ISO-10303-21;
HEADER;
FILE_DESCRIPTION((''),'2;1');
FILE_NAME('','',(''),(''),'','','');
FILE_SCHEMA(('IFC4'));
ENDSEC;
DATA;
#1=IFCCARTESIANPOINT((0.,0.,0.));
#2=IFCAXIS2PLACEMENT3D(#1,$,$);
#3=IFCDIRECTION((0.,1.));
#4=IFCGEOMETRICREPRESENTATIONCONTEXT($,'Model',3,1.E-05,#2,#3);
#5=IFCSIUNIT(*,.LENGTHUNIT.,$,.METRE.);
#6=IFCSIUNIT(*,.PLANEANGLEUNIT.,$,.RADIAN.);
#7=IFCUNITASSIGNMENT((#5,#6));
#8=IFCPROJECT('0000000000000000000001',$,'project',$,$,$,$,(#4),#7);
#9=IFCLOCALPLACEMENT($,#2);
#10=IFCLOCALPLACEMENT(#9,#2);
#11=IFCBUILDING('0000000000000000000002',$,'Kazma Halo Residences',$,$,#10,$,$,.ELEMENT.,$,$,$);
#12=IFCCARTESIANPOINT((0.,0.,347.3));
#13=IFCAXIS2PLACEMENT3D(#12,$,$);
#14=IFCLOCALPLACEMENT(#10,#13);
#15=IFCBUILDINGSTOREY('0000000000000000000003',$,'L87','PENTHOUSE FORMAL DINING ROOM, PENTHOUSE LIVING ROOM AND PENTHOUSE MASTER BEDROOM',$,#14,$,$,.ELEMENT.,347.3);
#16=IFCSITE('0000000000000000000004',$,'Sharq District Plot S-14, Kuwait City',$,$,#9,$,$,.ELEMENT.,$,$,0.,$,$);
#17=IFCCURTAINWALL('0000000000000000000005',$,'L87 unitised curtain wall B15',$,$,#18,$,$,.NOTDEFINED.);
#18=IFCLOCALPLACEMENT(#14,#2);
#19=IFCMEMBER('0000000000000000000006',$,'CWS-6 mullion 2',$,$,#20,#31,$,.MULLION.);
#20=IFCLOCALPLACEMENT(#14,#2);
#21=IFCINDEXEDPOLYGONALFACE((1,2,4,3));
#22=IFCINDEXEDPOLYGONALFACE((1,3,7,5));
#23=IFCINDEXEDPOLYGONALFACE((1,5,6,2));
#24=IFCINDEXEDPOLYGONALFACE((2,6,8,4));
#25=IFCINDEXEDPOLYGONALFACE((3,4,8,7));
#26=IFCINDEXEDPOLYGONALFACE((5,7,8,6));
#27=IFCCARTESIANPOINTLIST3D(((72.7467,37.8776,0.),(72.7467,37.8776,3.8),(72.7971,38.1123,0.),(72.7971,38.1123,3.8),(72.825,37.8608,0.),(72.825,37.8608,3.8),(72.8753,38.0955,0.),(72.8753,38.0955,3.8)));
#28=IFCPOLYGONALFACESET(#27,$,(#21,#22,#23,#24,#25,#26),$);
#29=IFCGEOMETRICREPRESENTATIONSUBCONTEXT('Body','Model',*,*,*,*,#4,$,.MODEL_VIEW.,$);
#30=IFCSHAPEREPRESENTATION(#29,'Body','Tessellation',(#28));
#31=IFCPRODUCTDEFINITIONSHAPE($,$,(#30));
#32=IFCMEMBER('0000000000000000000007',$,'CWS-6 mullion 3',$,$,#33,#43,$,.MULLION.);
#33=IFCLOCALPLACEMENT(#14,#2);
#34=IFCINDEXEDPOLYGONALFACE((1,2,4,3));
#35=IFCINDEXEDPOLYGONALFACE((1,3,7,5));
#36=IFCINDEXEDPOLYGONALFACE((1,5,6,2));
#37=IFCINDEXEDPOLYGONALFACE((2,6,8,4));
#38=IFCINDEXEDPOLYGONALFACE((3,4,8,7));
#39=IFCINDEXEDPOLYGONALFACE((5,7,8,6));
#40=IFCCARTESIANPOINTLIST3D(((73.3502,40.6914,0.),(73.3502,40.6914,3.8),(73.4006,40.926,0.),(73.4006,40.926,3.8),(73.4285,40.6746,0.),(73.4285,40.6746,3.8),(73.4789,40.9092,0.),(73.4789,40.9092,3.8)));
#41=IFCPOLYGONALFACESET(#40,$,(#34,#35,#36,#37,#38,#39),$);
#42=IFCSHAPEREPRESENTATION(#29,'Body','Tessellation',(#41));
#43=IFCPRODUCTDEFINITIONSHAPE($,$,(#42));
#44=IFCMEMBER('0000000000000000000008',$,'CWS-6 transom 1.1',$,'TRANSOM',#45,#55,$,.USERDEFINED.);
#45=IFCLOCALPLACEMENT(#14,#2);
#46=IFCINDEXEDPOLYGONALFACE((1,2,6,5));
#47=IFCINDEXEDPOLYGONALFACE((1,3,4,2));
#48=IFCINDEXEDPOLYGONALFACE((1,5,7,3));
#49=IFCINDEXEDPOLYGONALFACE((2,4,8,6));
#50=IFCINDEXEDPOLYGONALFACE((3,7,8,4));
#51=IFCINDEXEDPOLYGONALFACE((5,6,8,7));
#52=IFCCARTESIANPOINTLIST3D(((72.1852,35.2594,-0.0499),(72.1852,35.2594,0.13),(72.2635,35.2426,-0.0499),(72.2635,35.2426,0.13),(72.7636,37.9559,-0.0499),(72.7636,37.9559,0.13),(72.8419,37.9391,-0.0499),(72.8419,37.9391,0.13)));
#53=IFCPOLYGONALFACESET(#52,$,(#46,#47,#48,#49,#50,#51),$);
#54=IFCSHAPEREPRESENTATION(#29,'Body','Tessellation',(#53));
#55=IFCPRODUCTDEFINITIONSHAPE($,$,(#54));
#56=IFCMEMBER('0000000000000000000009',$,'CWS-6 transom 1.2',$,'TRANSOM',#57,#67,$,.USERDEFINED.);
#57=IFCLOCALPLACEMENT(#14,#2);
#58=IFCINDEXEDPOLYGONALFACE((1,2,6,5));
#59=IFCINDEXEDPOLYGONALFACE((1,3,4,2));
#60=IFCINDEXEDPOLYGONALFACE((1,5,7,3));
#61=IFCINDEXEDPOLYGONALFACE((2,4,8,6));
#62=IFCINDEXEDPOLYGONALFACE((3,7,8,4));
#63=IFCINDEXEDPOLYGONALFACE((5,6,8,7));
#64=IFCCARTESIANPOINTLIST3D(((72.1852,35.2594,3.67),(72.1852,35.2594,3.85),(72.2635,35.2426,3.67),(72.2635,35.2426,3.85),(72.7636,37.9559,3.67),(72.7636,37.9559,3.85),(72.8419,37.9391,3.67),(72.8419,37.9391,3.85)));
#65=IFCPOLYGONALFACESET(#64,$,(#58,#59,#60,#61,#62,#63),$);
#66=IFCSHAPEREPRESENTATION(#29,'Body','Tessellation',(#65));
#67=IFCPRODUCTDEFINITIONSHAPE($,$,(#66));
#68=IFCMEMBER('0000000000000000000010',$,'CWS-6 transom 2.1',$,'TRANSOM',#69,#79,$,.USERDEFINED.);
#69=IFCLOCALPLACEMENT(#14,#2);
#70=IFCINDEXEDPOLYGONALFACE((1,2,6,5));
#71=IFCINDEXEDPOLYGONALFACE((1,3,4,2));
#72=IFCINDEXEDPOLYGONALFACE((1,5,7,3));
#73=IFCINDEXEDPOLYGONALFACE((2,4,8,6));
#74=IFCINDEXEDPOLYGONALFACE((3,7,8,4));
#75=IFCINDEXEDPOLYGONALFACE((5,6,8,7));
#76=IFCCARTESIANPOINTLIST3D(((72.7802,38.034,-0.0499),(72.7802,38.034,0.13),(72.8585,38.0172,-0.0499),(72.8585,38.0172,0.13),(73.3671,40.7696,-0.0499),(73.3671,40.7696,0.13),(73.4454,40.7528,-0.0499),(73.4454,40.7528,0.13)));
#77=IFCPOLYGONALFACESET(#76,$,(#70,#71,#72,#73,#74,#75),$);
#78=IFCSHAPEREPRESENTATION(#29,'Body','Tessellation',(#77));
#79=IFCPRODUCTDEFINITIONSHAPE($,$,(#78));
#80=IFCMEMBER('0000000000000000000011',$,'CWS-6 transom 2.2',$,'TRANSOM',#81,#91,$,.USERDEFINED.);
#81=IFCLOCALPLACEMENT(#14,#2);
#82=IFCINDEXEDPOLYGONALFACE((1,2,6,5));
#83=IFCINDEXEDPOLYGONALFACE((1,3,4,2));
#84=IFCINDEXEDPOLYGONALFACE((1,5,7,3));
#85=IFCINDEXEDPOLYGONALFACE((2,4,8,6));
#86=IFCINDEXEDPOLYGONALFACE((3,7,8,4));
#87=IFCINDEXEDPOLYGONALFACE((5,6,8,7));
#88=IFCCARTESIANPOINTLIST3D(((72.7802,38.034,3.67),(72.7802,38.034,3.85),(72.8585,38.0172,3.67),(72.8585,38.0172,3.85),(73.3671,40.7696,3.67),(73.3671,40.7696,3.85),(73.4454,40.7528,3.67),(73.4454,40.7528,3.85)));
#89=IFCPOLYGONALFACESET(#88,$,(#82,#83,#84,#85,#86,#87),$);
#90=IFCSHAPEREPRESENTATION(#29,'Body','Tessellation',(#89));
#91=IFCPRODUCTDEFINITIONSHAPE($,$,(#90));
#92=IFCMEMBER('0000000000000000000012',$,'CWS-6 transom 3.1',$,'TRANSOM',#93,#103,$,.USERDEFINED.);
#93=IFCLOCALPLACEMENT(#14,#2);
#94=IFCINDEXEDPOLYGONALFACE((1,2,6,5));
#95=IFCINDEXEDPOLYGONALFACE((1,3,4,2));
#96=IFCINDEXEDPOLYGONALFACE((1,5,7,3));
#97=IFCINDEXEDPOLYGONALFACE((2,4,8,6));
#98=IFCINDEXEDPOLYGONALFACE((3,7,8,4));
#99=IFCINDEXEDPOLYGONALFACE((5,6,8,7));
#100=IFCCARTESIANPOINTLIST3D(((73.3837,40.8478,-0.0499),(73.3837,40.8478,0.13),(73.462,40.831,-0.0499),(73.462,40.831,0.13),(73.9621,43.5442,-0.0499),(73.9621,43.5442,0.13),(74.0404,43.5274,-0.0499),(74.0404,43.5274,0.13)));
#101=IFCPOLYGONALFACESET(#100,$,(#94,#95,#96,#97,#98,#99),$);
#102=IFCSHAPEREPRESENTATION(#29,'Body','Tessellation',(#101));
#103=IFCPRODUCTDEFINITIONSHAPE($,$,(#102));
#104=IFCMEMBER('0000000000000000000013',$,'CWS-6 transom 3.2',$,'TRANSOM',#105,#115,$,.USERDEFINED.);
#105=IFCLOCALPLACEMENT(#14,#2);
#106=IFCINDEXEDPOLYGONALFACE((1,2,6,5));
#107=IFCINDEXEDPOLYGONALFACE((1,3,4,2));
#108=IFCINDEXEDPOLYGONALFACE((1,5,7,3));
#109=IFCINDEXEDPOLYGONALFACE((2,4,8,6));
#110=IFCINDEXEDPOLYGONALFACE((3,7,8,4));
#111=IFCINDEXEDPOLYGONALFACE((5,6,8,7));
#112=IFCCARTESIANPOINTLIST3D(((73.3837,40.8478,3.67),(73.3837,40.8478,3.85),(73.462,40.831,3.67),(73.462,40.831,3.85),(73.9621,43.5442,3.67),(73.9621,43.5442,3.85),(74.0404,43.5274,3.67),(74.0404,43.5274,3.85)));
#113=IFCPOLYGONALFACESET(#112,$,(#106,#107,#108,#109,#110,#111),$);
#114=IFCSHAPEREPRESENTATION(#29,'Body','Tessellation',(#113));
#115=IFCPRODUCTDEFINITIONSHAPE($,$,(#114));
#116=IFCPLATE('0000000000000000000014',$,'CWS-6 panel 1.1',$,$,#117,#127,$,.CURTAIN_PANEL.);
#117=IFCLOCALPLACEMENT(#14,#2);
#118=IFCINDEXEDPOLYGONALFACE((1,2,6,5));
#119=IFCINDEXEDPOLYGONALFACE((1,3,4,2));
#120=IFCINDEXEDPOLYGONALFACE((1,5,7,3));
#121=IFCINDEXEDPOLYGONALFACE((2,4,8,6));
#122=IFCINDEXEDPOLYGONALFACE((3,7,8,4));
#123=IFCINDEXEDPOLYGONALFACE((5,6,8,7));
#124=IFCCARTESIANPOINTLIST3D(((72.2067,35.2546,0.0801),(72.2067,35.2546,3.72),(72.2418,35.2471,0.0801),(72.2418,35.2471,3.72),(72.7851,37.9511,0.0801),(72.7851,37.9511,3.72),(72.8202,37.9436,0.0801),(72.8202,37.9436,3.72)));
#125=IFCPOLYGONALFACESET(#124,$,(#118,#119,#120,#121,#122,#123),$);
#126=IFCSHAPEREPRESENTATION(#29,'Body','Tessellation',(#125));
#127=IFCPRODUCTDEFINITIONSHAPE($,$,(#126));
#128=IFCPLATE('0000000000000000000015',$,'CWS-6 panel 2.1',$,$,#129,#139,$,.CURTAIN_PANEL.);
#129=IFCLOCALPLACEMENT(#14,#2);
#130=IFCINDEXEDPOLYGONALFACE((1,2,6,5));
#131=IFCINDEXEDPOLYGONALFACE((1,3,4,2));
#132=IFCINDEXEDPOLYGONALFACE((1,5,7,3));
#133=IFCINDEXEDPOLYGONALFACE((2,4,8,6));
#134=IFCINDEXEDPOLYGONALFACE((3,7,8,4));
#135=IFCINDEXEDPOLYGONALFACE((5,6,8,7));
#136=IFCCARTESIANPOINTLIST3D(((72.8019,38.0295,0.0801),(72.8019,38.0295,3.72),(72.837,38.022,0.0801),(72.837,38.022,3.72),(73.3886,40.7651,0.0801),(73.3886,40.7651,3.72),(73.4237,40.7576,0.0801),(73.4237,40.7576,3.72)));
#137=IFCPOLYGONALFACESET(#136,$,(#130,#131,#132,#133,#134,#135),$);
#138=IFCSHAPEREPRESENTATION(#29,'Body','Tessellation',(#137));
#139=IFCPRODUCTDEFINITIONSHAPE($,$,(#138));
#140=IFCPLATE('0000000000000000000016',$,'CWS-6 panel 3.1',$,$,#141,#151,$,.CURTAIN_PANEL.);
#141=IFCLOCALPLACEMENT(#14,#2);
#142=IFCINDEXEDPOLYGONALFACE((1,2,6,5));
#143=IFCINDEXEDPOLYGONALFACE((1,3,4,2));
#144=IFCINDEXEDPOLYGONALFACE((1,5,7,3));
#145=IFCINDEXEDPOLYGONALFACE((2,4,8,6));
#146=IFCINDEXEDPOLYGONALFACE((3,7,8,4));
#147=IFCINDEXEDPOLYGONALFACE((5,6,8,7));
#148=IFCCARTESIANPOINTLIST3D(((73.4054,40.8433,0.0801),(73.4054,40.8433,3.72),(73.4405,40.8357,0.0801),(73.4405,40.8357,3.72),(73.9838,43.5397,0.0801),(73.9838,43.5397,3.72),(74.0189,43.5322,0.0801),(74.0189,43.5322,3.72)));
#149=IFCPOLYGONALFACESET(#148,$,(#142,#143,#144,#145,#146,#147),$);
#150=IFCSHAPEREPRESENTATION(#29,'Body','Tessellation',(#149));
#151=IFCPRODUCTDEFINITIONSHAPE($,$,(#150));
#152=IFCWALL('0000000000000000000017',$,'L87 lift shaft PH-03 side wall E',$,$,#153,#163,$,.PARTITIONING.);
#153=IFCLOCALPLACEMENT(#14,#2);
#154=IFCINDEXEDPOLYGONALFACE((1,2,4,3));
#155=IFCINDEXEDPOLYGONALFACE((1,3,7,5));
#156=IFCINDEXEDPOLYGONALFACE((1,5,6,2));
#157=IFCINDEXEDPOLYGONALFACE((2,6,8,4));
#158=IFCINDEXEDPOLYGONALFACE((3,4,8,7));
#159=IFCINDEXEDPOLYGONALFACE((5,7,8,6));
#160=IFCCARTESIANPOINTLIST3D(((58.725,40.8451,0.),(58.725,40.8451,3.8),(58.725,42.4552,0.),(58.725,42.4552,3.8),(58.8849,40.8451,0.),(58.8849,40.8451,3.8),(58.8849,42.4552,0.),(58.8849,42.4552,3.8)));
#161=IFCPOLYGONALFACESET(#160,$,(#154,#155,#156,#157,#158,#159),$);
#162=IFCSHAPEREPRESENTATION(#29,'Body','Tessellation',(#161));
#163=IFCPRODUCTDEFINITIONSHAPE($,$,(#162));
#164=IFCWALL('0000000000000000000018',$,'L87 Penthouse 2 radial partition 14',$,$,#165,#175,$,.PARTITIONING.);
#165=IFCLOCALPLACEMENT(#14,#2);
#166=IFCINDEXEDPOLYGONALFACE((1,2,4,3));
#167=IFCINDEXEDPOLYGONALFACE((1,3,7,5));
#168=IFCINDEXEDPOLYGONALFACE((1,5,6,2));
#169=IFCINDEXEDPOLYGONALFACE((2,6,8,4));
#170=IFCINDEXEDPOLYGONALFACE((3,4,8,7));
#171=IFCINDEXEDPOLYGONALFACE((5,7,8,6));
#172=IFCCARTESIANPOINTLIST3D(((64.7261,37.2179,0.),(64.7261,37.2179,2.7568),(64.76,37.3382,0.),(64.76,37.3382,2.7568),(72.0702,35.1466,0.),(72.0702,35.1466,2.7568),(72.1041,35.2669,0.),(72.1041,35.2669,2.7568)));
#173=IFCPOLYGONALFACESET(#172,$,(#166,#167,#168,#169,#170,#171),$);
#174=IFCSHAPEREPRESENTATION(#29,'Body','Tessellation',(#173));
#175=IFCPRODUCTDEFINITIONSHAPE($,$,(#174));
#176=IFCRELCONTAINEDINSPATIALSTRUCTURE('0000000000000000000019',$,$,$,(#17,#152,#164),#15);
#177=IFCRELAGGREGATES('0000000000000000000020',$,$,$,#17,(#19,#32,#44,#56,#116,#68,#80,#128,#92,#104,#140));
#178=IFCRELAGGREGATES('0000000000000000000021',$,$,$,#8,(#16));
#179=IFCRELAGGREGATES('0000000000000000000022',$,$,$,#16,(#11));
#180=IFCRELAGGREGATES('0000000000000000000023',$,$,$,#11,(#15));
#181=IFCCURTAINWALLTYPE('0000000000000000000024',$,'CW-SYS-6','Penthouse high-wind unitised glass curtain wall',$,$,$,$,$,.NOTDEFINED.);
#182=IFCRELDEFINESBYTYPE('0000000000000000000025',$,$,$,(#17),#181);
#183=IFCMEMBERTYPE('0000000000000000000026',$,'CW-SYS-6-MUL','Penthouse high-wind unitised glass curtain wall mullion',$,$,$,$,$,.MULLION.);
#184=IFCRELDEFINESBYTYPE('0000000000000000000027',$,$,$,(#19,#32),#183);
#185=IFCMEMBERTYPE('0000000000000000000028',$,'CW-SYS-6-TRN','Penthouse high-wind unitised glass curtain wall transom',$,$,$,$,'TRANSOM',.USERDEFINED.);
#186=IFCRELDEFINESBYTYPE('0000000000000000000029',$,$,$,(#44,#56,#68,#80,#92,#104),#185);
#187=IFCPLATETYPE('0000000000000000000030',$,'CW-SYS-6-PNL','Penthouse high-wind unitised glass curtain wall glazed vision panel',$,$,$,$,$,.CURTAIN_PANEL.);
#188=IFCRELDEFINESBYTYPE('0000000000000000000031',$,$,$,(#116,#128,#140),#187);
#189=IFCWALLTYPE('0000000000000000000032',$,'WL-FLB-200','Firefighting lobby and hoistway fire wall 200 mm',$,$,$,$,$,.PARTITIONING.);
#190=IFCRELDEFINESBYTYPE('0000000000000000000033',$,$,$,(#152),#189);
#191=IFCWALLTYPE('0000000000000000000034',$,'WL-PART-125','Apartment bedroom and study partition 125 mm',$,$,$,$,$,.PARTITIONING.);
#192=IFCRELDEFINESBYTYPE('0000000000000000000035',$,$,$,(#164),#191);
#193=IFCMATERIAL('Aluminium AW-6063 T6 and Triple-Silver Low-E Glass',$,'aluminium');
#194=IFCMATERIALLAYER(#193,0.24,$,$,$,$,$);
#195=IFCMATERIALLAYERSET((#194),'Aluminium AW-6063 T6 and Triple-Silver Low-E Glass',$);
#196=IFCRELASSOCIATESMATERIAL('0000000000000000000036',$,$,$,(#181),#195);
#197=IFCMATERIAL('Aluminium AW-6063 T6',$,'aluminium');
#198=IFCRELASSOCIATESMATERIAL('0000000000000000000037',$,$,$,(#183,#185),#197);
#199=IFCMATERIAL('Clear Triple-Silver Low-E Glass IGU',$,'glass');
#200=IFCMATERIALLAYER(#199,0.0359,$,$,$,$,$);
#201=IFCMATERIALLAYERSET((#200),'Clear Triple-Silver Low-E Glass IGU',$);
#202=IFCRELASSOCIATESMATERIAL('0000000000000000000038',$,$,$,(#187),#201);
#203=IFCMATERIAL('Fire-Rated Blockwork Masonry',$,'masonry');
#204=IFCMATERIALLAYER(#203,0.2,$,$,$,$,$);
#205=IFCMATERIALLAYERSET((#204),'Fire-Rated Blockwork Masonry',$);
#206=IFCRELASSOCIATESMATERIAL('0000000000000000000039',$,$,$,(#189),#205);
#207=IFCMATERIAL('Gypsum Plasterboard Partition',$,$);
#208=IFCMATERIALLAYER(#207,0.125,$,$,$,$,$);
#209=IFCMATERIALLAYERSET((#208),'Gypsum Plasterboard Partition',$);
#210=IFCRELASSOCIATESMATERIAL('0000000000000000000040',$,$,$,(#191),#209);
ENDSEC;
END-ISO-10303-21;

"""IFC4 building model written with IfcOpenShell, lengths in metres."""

from ifc_helpers import new_model, si_unit, direction, frame, frame_2d, origin, origin_2d, place, context, subcontext, project, spatial, rectangle, extrude, material, layer, layer_set, material_profile, profile_set, type_object, element, aggregate, save


model = new_model("IFC4")

# Units and contexts
model_context = context("Model", 3, precision=1e-05, world=origin(), true_north=direction((0.0, 1.0)))
body_context = subcontext(model_context, "Body", "Model", "MODEL_VIEW")
ifc_project = project(units=[si_unit("LENGTHUNIT", "METRE"), si_unit("PLANEANGLEUNIT", "RADIAN")], contexts=[model_context])

# Site, building, storey
site_placement = place(None, origin())
site = spatial("IfcSite", under=ifc_project, at=site_placement, Name="Sharq District Plot S-14, Kuwait City", CompositionType="ELEMENT", RefElevation=0.0)
building_placement = place(site_placement, origin())
building = spatial("IfcBuilding", under=site, at=building_placement, Name="Kazma Halo Residences", CompositionType="ELEMENT")
storey_placement = place(building_placement, frame((0.0, 0.0, 347.3)))
storey = spatial("IfcBuildingStorey", under=building, at=storey_placement, Name="L87", Description="PENTHOUSE FORMAL DINING ROOM, PENTHOUSE LIVING ROOM AND PENTHOUSE MASTER BEDROOM", CompositionType="ELEMENT", Elevation=347.3)

# Curtain wall, members, plates
ifc_material_1 = material(Name="Aluminium AW-6063 T6 and Triple-Silver Low-E Glass", Category="aluminium")
ifc_layer_1 = layer(ifc_material_1, 0.24)
ifc_layer_set_1 = layer_set([ifc_layer_1], Name="Aluminium AW-6063 T6 and Triple-Silver Low-E Glass")
curtain_wall_type = type_object("IfcCurtainWallType", Name="CW-SYS-6", Description="Penthouse high-wind unitised glass curtain wall", PredefinedType="NOTDEFINED", material=ifc_layer_set_1)
curtain_wall_placement = place(storey_placement, origin())
curtain_wall = element("IfcCurtainWall", 1, at=curtain_wall_placement, inside=storey, type_object=curtain_wall_type, Name="L87 unitised curtain wall B15", PredefinedType="NOTDEFINED")
ifc_material_2 = material(Name="Aluminium AW-6063 T6", Category="aluminium")
ifc_material_profile_1 = material_profile(ifc_material_2, rectangle(XDim=0.0801, YDim=0.24, at=origin_2d()), Name="CWM-80x240")
ifc_profile_set_1 = profile_set([ifc_material_profile_1], Name="Aluminium AW-6063 T6")
member_type_1 = type_object("IfcMemberType", Name="CW-SYS-6-MUL", Description="Penthouse high-wind unitised glass curtain wall mullion", PredefinedType="MULLION", material=ifc_profile_set_1)
member_1_placement = place(storey_placement, frame((72.811, 37.9866, 0.0), z_axis=(0.0, 0.0, 1.0), x_axis=(-0.977761, 0.209723, 0.0)))
member_1 = element("IfcMember", 2, at=member_1_placement, type_object=member_type_1, Name="CWS-6 mullion 2", PredefinedType="MULLION", context=body_context, shape_type="SweptSolid", body=[
    extrude(rectangle(XDim=0.0801, YDim=0.24, at=origin_2d()), origin(), (0.0, 0.0, 1.0), 3.8),
])
member_2_placement = place(storey_placement, frame((73.4146, 40.8003, 0.0), z_axis=(0.0, 0.0, 1.0), x_axis=(-0.977761, 0.209723, 0.0)))
member_2 = element("IfcMember", 3, at=member_2_placement, type_object=member_type_1, Name="CWS-6 mullion 3", PredefinedType="MULLION", context=body_context, shape_type="SweptSolid", body=[
    extrude(rectangle(XDim=0.0801, YDim=0.24, at=origin_2d()), origin(), (0.0, 0.0, 1.0), 3.8),
])
ifc_material_profile_2 = material_profile(ifc_material_2, rectangle(XDim=0.0801, YDim=0.1799, at=origin_2d()), Name="CWT-80x180")
ifc_profile_set_2 = profile_set([ifc_material_profile_2], Name="Aluminium AW-6063 T6")
member_type_2 = type_object("IfcMemberType", Name="CW-SYS-6-TRN", Description="Penthouse high-wind unitised glass curtain wall transom", ElementType="TRANSOM", PredefinedType="USERDEFINED", material=ifc_profile_set_2)
member_3_placement = place(storey_placement, frame((72.2244, 35.251, 0.04), z_axis=(0.209716, 0.977762, 0.0), x_axis=(-0.977762, 0.209716, 0.0)))
member_3 = element("IfcMember", 4, at=member_3_placement, type_object=member_type_2, Name="CWS-6 transom 1.1", ObjectType="TRANSOM", PredefinedType="USERDEFINED", context=body_context, shape_type="SweptSolid", body=[
    extrude(rectangle(XDim=0.0801, YDim=0.1799, at=origin_2d()), origin(), (0.0, 0.0, 1.0), 2.7578),
])
member_4_placement = place(storey_placement, frame((72.2244, 35.251, 3.76), z_axis=(0.209716, 0.977762, 0.0), x_axis=(-0.977762, 0.209716, 0.0)))
member_4 = element("IfcMember", 5, at=member_4_placement, type_object=member_type_2, Name="CWS-6 transom 1.2", ObjectType="TRANSOM", PredefinedType="USERDEFINED", context=body_context, shape_type="SweptSolid", body=[
    extrude(rectangle(XDim=0.0801, YDim=0.1799, at=origin_2d()), origin(), (0.0, 0.0, 1.0), 2.7578),
])
member_5_placement = place(storey_placement, frame((72.8193, 38.0256, 0.04), z_axis=(0.209773, 0.97775, 0.0), x_axis=(-0.97775, 0.209773, 0.0)))
member_5 = element("IfcMember", 6, at=member_5_placement, type_object=member_type_2, Name="CWS-6 transom 2.1", ObjectType="TRANSOM", PredefinedType="USERDEFINED", context=body_context, shape_type="SweptSolid", body=[
    extrude(rectangle(XDim=0.0801, YDim=0.1799, at=origin_2d()), origin(), (0.0, 0.0, 1.0), 2.7979),
])
member_6_placement = place(storey_placement, frame((72.8193, 38.0256, 3.76), z_axis=(0.209773, 0.97775, 0.0), x_axis=(-0.97775, 0.209773, 0.0)))
member_6 = element("IfcMember", 7, at=member_6_placement, type_object=member_type_2, Name="CWS-6 transom 2.2", ObjectType="TRANSOM", PredefinedType="USERDEFINED", context=body_context, shape_type="SweptSolid", body=[
    extrude(rectangle(XDim=0.0801, YDim=0.1799, at=origin_2d()), origin(), (0.0, 0.0, 1.0), 2.7979),
])
member_7_placement = place(storey_placement, frame((73.4229, 40.8394, 0.04), z_axis=(0.209716, 0.977762, 0.0), x_axis=(-0.977762, 0.209716, 0.0)))
member_7 = element("IfcMember", 8, at=member_7_placement, type_object=member_type_2, Name="CWS-6 transom 3.1", ObjectType="TRANSOM", PredefinedType="USERDEFINED", context=body_context, shape_type="SweptSolid", body=[
    extrude(rectangle(XDim=0.0801, YDim=0.1799, at=origin_2d()), origin(), (0.0, 0.0, 1.0), 2.7578),
])
member_8_placement = place(storey_placement, frame((73.4229, 40.8394, 3.76), z_axis=(0.209716, 0.977762, 0.0), x_axis=(-0.977762, 0.209716, 0.0)))
member_8 = element("IfcMember", 9, at=member_8_placement, type_object=member_type_2, Name="CWS-6 transom 3.2", ObjectType="TRANSOM", PredefinedType="USERDEFINED", context=body_context, shape_type="SweptSolid", body=[
    extrude(rectangle(XDim=0.0801, YDim=0.1799, at=origin_2d()), origin(), (0.0, 0.0, 1.0), 2.7578),
])
ifc_material_3 = material(Name="Clear Triple-Silver Low-E Glass IGU", Category="glass")
ifc_layer_2 = layer(ifc_material_3, 0.0359)
ifc_layer_set_2 = layer_set([ifc_layer_2], Name="Clear Triple-Silver Low-E Glass IGU")
plate_type = type_object("IfcPlateType", Name="CW-SYS-6-PNL", Description="Penthouse high-wind unitised glass curtain wall glazed vision panel", PredefinedType="CURTAIN_PANEL", material=ifc_layer_set_2)
plate_1_placement = place(storey_placement, frame((72.5134, 36.5991, 0.0801), z_axis=(0.0, 0.0, 1.0), x_axis=(0.209723, 0.977761, 0.0)))
plate_1 = element("IfcPlate", 10, at=plate_1_placement, type_object=plate_type, Name="CWS-6 panel 1.1", PredefinedType="CURTAIN_PANEL", context=body_context, shape_type="SweptSolid", body=[
    extrude(rectangle(XDim=2.7578, YDim=0.0359, at=origin_2d()), origin(), (0.0, 0.0, 1.0), 3.6399),
])
plate_2_placement = place(storey_placement, frame((73.1128, 39.3936, 0.0801), z_axis=(0.0, 0.0, 1.0), x_axis=(0.209723, 0.977761, 0.0)))
plate_2 = element("IfcPlate", 11, at=plate_2_placement, type_object=plate_type, Name="CWS-6 panel 2.1", PredefinedType="CURTAIN_PANEL", context=body_context, shape_type="SweptSolid", body=[
    extrude(rectangle(XDim=2.7979, YDim=0.0359, at=origin_2d()), origin(), (0.0, 0.0, 1.0), 3.6399),
])
plate_3_placement = place(storey_placement, frame((73.7122, 42.1877, 0.0801), z_axis=(0.0, 0.0, 1.0), x_axis=(0.209723, 0.977761, 0.0)))
plate_3 = element("IfcPlate", 12, at=plate_3_placement, type_object=plate_type, Name="CWS-6 panel 3.1", PredefinedType="CURTAIN_PANEL", context=body_context, shape_type="SweptSolid", body=[
    extrude(rectangle(XDim=2.7578, YDim=0.0359, at=origin_2d()), origin(), (0.0, 0.0, 1.0), 3.6399),
])
aggregate(curtain_wall, [member_1, member_2, member_3, member_4, plate_1, member_5, member_6, plate_2, member_7, member_8, plate_3])

# Walls
ifc_material_4 = material(Name="Fire-Rated Blockwork Masonry", Category="masonry")
ifc_layer_3 = layer(ifc_material_4, 0.2)
ifc_layer_set_3 = layer_set([ifc_layer_3], Name="Fire-Rated Blockwork Masonry")
wall_type_1 = type_object("IfcWallType", Name="WL-FLB-200", Description="Firefighting lobby and hoistway fire wall 200 mm", PredefinedType="PARTITIONING", material=ifc_layer_set_3)
wall_1_placement = place(storey_placement, frame((58.8049, 40.845, 0.0), z_axis=(0.0, 0.0, 1.0), x_axis=(0.0, 1.0, 0.0)))
element("IfcWall", 13, at=wall_1_placement, inside=storey, type_object=wall_type_1, Name="L87 lift shaft PH-03 side wall E", PredefinedType="PARTITIONING", context=body_context, shape_type="SweptSolid", body=[
    extrude(rectangle(XDim=1.6101, YDim=0.1599, at=frame_2d((0.8052, 0.0))), origin(), (0.0, 0.0, 1.0), 3.8),
])
ifc_material_5 = material(Name="Gypsum Plasterboard Partition")
ifc_layer_4 = layer(ifc_material_5, 0.125)
ifc_layer_set_4 = layer_set([ifc_layer_4], Name="Gypsum Plasterboard Partition")
wall_type_2 = type_object("IfcWallType", Name="WL-PART-125", Description="Apartment bedroom and study partition 125 mm", PredefinedType="PARTITIONING", material=ifc_layer_set_4)
wall_2_placement = place(storey_placement, frame((64.7429, 37.2781, 0.0), z_axis=(0.0, 0.0, 1.0), x_axis=(0.962455, -0.27144, 0.0)))
element("IfcWall", 14, at=wall_2_placement, inside=storey, type_object=wall_type_2, Name="L87 Penthouse 2 radial partition 14", PredefinedType="PARTITIONING", context=body_context, shape_type="SweptSolid", body=[
    extrude(rectangle(XDim=7.6306, YDim=0.125, at=frame_2d((3.8154, 0.0))), origin(), (0.0, 0.0, 1.0), 2.7568),
])

save(model, "model.ifc")
